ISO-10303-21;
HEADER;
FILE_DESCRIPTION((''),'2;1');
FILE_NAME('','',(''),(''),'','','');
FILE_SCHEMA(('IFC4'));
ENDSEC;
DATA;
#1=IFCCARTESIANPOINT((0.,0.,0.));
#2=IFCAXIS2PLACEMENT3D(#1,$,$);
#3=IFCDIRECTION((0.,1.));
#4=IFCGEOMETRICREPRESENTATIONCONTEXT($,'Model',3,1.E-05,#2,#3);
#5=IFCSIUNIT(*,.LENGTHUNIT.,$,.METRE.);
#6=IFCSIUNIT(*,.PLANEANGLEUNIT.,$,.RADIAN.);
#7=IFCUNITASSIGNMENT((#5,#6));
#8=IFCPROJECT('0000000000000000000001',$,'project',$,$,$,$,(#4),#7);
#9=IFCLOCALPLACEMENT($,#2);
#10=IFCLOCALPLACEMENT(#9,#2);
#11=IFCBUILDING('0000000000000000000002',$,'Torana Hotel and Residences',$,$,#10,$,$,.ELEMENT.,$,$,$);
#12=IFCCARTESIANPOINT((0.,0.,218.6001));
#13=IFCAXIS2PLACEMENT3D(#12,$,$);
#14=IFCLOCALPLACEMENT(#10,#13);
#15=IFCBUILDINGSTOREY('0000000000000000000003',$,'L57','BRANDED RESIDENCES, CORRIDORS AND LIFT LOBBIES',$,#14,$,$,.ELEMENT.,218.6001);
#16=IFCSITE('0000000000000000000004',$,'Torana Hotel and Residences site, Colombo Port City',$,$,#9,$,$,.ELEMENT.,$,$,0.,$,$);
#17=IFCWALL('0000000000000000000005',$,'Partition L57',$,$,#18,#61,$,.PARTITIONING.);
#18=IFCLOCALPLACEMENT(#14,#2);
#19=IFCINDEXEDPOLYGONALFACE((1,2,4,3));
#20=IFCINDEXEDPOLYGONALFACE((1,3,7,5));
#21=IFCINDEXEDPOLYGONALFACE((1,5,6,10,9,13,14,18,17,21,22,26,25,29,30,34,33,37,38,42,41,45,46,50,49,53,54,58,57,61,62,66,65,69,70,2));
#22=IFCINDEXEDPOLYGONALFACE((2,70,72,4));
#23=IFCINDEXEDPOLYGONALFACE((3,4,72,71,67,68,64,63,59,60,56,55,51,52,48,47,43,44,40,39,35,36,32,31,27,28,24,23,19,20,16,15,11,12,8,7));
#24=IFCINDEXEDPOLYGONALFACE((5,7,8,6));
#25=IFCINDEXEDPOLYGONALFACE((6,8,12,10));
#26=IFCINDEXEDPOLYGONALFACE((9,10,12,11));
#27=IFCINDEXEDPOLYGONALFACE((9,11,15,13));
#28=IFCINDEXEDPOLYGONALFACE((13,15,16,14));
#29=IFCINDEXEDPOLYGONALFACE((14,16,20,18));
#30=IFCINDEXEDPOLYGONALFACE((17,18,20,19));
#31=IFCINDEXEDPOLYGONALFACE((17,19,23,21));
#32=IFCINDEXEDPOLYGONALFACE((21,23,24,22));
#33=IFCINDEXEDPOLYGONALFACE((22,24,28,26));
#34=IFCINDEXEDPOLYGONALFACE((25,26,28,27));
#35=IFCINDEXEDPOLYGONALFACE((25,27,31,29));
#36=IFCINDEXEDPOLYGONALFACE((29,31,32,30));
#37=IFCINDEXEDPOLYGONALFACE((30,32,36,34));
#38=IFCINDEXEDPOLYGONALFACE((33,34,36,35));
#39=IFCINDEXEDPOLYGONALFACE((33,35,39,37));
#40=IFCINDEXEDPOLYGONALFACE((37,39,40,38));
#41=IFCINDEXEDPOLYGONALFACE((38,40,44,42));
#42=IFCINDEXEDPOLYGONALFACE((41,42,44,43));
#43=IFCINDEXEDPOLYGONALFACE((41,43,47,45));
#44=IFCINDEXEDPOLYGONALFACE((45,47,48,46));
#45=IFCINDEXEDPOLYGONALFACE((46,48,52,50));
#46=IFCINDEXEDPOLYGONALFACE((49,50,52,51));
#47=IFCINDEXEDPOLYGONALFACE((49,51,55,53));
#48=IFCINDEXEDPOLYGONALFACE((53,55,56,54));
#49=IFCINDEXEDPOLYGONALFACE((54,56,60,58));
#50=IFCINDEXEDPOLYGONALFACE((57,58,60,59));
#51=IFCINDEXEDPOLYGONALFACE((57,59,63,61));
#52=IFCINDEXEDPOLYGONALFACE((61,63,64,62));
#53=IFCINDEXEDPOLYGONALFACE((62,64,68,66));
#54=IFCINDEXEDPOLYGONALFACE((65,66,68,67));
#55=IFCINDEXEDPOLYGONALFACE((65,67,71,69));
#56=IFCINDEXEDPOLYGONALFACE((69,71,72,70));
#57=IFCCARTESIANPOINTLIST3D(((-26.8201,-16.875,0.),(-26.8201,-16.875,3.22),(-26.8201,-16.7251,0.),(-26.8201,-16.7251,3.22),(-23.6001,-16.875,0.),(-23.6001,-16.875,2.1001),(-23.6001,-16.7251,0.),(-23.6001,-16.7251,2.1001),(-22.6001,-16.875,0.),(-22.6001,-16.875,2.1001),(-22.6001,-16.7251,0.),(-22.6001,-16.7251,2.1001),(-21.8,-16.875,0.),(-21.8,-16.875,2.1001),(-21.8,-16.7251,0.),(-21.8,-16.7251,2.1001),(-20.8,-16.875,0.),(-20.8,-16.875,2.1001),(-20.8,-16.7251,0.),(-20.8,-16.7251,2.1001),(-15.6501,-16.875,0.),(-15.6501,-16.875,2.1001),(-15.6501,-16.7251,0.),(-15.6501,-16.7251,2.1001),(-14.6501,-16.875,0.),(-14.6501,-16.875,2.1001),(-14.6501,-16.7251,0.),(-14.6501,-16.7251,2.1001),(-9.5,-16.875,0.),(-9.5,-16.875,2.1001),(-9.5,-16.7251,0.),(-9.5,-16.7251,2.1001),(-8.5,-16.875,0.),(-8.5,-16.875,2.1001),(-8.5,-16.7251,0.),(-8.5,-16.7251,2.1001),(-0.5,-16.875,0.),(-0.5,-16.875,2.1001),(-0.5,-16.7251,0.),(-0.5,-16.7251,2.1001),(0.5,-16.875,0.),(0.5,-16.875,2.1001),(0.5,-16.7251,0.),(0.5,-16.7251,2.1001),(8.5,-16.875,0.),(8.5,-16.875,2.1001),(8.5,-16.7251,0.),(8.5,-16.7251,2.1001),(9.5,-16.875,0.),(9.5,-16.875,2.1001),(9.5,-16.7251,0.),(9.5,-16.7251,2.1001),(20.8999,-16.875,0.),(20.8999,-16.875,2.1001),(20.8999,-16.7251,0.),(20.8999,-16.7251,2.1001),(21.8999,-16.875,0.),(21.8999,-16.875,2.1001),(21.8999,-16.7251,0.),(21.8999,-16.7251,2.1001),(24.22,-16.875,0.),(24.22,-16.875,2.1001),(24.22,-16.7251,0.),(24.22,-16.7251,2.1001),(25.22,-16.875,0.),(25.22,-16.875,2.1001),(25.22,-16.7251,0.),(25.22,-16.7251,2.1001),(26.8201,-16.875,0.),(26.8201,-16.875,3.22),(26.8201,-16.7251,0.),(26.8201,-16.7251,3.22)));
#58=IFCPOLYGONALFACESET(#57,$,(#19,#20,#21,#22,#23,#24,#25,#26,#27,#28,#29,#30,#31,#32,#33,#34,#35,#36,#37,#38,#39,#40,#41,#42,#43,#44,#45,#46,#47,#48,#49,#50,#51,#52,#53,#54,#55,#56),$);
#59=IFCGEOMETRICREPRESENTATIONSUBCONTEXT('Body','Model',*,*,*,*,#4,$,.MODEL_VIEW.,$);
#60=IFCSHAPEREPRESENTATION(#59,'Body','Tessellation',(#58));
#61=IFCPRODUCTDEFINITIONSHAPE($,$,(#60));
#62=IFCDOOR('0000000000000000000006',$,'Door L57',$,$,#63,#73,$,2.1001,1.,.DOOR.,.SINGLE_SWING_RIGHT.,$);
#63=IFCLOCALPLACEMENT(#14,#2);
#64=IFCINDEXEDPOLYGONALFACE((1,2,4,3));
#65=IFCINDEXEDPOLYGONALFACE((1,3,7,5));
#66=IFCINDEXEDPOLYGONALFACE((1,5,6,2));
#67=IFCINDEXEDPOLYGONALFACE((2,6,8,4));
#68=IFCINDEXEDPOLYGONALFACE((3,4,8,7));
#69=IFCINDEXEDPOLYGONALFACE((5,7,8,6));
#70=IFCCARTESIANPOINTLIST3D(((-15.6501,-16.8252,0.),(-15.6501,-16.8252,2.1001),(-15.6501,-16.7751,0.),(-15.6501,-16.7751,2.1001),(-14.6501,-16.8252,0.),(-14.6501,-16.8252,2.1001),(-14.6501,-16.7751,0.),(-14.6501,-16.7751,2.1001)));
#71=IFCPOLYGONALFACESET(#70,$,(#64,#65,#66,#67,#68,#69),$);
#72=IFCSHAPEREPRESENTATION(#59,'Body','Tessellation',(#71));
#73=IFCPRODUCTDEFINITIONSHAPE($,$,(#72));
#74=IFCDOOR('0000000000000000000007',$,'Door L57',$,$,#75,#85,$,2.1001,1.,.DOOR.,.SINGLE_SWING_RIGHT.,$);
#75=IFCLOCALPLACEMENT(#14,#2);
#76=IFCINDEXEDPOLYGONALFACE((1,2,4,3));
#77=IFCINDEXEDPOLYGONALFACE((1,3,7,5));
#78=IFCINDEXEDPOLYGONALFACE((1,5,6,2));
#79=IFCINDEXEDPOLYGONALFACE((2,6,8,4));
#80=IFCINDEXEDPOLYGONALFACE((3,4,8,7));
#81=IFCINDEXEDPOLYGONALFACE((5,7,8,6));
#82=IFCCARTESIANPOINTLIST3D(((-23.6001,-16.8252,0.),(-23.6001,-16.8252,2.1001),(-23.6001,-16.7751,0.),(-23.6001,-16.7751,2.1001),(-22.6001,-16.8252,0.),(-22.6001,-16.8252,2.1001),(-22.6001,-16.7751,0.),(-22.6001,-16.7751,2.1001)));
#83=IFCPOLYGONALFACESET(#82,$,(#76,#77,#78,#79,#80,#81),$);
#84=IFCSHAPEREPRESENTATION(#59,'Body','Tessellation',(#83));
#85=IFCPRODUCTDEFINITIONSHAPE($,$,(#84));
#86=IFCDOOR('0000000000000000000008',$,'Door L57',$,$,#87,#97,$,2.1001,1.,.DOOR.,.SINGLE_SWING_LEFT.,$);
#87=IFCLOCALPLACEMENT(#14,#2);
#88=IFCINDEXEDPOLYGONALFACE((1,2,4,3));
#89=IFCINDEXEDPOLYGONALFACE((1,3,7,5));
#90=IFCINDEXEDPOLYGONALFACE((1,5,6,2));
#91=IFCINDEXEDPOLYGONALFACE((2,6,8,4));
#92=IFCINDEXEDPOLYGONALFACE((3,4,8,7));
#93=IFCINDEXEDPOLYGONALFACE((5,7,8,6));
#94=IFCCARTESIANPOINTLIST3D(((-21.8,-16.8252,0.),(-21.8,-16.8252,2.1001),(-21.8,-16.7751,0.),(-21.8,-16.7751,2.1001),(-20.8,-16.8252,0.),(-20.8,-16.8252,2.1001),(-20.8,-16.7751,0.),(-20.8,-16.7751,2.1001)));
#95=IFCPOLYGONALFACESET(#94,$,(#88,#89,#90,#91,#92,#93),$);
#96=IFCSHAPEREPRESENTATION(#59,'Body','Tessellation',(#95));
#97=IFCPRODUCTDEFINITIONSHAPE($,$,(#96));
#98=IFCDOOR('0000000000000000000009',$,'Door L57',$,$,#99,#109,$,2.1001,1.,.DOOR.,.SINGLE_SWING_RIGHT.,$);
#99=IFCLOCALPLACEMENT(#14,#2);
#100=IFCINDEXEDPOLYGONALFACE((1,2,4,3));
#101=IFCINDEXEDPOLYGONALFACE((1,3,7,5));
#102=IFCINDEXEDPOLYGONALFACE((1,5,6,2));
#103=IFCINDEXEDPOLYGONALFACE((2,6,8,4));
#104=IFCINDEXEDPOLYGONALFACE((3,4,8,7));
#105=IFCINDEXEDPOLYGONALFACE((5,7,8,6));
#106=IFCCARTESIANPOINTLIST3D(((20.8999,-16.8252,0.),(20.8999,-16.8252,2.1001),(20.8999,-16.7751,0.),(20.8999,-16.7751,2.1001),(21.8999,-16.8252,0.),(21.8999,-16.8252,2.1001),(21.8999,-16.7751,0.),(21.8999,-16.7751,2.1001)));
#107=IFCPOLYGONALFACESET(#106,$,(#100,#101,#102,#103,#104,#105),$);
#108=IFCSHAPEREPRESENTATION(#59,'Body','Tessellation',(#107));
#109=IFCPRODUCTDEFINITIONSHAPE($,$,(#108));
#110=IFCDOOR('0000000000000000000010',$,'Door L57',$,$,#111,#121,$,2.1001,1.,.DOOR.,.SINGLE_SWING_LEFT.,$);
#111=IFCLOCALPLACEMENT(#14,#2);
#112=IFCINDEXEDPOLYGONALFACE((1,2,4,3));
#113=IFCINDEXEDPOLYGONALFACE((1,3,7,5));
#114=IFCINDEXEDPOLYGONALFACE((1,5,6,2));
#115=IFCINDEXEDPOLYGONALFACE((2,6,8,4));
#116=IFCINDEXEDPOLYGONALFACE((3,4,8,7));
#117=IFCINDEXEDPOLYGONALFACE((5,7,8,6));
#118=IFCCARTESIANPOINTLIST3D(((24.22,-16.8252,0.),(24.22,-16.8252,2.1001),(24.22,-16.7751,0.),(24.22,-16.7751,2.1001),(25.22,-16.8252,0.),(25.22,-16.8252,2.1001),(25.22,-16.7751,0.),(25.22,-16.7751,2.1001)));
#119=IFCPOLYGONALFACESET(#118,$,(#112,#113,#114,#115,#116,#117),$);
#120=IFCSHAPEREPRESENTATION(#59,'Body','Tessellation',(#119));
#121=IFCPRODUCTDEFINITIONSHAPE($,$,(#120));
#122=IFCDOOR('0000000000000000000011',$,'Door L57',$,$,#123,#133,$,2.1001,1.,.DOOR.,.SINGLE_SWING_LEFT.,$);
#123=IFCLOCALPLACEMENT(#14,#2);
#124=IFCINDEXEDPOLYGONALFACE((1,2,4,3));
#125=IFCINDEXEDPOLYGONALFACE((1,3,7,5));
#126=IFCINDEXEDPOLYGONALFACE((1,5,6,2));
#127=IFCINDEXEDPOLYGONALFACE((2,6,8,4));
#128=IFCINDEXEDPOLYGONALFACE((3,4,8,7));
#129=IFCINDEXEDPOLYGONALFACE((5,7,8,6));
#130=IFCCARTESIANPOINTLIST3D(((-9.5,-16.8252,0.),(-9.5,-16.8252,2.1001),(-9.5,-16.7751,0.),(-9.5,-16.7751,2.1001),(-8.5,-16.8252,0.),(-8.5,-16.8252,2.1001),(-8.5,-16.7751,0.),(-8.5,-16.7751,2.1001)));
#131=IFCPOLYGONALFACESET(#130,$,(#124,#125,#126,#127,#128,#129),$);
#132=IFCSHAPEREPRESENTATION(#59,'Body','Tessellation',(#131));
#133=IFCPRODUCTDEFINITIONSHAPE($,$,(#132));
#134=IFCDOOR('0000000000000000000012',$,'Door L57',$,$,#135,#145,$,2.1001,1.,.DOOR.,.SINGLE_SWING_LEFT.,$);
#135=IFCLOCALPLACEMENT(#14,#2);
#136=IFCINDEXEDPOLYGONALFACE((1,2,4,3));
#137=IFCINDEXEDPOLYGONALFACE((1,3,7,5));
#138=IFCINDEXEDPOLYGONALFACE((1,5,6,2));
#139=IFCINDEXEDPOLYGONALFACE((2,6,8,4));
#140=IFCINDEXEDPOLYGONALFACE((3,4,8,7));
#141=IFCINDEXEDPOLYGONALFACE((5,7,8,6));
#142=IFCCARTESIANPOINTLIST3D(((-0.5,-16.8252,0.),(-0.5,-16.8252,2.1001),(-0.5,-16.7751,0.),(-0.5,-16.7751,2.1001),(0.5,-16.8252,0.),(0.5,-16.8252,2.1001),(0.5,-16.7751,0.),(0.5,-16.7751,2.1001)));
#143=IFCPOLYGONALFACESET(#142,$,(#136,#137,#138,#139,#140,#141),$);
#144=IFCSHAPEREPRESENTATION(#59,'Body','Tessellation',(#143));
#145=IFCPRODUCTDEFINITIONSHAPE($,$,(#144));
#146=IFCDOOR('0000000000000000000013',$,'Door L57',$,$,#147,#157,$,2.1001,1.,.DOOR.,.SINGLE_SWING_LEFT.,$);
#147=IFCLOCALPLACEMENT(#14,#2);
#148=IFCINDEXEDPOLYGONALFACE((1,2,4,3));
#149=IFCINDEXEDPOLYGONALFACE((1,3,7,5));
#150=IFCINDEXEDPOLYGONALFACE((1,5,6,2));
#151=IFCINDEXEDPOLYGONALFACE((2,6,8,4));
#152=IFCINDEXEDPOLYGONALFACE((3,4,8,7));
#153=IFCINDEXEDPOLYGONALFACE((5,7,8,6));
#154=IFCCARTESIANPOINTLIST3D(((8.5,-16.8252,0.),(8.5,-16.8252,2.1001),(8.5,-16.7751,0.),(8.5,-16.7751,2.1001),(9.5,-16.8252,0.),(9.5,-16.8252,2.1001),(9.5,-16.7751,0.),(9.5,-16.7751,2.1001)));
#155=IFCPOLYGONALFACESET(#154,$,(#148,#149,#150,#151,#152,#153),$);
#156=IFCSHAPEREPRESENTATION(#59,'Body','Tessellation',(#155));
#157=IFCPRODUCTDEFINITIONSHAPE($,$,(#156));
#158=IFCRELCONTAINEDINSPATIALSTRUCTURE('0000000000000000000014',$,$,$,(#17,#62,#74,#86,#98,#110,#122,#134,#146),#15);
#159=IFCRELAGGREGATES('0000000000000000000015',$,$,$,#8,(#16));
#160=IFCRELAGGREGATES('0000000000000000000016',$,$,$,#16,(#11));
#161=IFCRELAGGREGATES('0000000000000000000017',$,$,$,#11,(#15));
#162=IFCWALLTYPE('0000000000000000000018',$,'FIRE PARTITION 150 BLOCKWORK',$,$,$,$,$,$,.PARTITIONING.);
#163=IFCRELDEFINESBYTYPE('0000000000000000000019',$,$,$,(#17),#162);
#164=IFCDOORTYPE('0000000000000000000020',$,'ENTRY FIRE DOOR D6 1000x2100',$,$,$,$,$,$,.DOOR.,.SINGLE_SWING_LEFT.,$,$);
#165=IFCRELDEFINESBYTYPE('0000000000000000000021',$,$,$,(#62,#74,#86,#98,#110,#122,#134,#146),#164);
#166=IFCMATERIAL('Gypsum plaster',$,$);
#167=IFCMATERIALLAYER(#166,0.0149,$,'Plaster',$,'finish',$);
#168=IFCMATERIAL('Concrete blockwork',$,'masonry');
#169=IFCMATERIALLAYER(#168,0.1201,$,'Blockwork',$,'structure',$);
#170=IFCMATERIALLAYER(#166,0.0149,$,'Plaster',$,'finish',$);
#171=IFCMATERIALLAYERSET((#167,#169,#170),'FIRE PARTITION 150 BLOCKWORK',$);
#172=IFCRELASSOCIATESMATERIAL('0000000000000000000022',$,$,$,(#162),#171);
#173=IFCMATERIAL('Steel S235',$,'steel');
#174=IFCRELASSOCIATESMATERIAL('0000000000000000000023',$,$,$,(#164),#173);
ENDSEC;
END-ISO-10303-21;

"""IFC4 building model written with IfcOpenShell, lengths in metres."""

from ifc_helpers import new_model, si_unit, direction, frame, frame_2d, origin, place, context, subcontext, project, spatial, rectangle, extrude, material, layer, layer_set, type_object, element, fill, save


model = new_model("IFC4")

# Units and contexts
model_context = context("Model", 3, precision=1e-05, world=origin(), true_north=direction((0.0, 1.0)))
body_context = subcontext(model_context, "Body", "Model", "MODEL_VIEW")
ifc_project = project(units=[si_unit("LENGTHUNIT", "METRE"), si_unit("PLANEANGLEUNIT", "RADIAN")], contexts=[model_context])

# Site, building, storey
site_placement = place(None, origin())
site = spatial("IfcSite", under=ifc_project, at=site_placement, Name="Torana Hotel and Residences site, Colombo Port City", CompositionType="ELEMENT", RefElevation=0.0)
building_placement = place(site_placement, origin())
building = spatial("IfcBuilding", under=site, at=building_placement, Name="Torana Hotel and Residences", CompositionType="ELEMENT")
storey_placement = place(building_placement, frame((0.0, 0.0, 218.6001)))
storey = spatial("IfcBuildingStorey", under=building, at=storey_placement, Name="L57", Description="BRANDED RESIDENCES, CORRIDORS AND LIFT LOBBIES", CompositionType="ELEMENT", Elevation=218.6001)

# Wall, openings, doors
ifc_material_1 = material(Name="Gypsum plaster")
ifc_layer_1 = layer(ifc_material_1, 0.0149, Name="Plaster", Category="finish")
ifc_material_2 = material(Name="Concrete blockwork", Category="masonry")
ifc_layer_2 = layer(ifc_material_2, 0.1201, Name="Blockwork", Category="structure")
ifc_layer_3 = layer(ifc_material_1, 0.0149, Name="Plaster", Category="finish")
ifc_layer_set_1 = layer_set([ifc_layer_1, ifc_layer_2, ifc_layer_3], Name="FIRE PARTITION 150 BLOCKWORK")
wall_type_1 = type_object("IfcWallType", Name="FIRE PARTITION 150 BLOCKWORK", PredefinedType="PARTITIONING", material=ifc_layer_set_1)
wall_1_placement = place(storey_placement, frame((-26.8201, -16.8, 0.0), z_axis=(0.0, 0.0, 1.0), x_axis=(1.0, 0.0, 0.0)))
wall_1 = element("IfcWall", 1, at=wall_1_placement, inside=storey, type_object=wall_type_1, Name="Partition L57", PredefinedType="PARTITIONING", context=body_context, shape_type="SweptSolid", body=[
    extrude(rectangle(XDim=53.6401, YDim=0.1499, at=frame_2d((26.8201, 0.0))), origin(), (0.0, 0.0, 1.0), 3.22),
])
opening_1_placement = place(wall_1_placement, frame((11.1699, 0.0, 0.0)))
opening_1 = element("IfcOpeningElement", 2, at=opening_1_placement, cuts=wall_1, PredefinedType="OPENING", context=body_context, shape_type="SweptSolid", body=[
    extrude(rectangle(XDim=1.0, YDim=2.1001, at=frame_2d((0.5, 1.05))), frame((0.0, 0.085, 0.0), z_axis=(0.0, -1.0, 0.0), x_axis=(1.0, 0.0, 0.0)), (0.0, 0.0, 1.0), 0.1699),
])
opening_2_placement = place(wall_1_placement, frame((3.22, 0.0, 0.0)))
opening_2 = element("IfcOpeningElement", 3, at=opening_2_placement, cuts=wall_1, PredefinedType="OPENING", context=body_context, shape_type="SweptSolid", body=[
    extrude(rectangle(XDim=1.0, YDim=2.1001, at=frame_2d((0.5, 1.05))), frame((0.0, 0.085, 0.0), z_axis=(0.0, -1.0, 0.0), x_axis=(1.0, 0.0, 0.0)), (0.0, 0.0, 1.0), 0.1699),
])
opening_3_placement = place(wall_1_placement, frame((5.02, 0.0, 0.0)))
opening_3 = element("IfcOpeningElement", 4, at=opening_3_placement, cuts=wall_1, PredefinedType="OPENING", context=body_context, shape_type="SweptSolid", body=[
    extrude(rectangle(XDim=1.0, YDim=2.1001, at=frame_2d((0.5, 1.05))), frame((0.0, 0.085, 0.0), z_axis=(0.0, -1.0, 0.0), x_axis=(1.0, 0.0, 0.0)), (0.0, 0.0, 1.0), 0.1699),
])
opening_4_placement = place(wall_1_placement, frame((47.72, 0.0, 0.0)))
opening_4 = element("IfcOpeningElement", 5, at=opening_4_placement, cuts=wall_1, PredefinedType="OPENING", context=body_context, shape_type="SweptSolid", body=[
    extrude(rectangle(XDim=1.0, YDim=2.1001, at=frame_2d((0.5, 1.05))), frame((0.0, 0.085, 0.0), z_axis=(0.0, -1.0, 0.0), x_axis=(1.0, 0.0, 0.0)), (0.0, 0.0, 1.0), 0.1699),
])
opening_5_placement = place(wall_1_placement, frame((51.04, 0.0, 0.0)))
opening_5 = element("IfcOpeningElement", 6, at=opening_5_placement, cuts=wall_1, PredefinedType="OPENING", context=body_context, shape_type="SweptSolid", body=[
    extrude(rectangle(XDim=1.0, YDim=2.1001, at=frame_2d((0.5, 1.05))), frame((0.0, 0.085, 0.0), z_axis=(0.0, -1.0, 0.0), x_axis=(1.0, 0.0, 0.0)), (0.0, 0.0, 1.0), 0.1699),
])
opening_6_placement = place(wall_1_placement, frame((17.3201, 0.0, 0.0)))
opening_6 = element("IfcOpeningElement", 7, at=opening_6_placement, cuts=wall_1, PredefinedType="OPENING", context=body_context, shape_type="SweptSolid", body=[
    extrude(rectangle(XDim=1.0, YDim=2.1001, at=frame_2d((0.5, 1.05))), frame((0.0, 0.085, 0.0), z_axis=(0.0, -1.0, 0.0), x_axis=(1.0, 0.0, 0.0)), (0.0, 0.0, 1.0), 0.1699),
])
opening_7_placement = place(wall_1_placement, frame((26.3201, 0.0, 0.0)))
opening_7 = element("IfcOpeningElement", 8, at=opening_7_placement, cuts=wall_1, PredefinedType="OPENING", context=body_context, shape_type="SweptSolid", body=[
    extrude(rectangle(XDim=1.0, YDim=2.1001, at=frame_2d((0.5, 1.05))), frame((0.0, 0.085, 0.0), z_axis=(0.0, -1.0, 0.0), x_axis=(1.0, 0.0, 0.0)), (0.0, 0.0, 1.0), 0.1699),
])
opening_8_placement = place(wall_1_placement, frame((35.3201, 0.0, 0.0)))
opening_8 = element("IfcOpeningElement", 9, at=opening_8_placement, cuts=wall_1, PredefinedType="OPENING", context=body_context, shape_type="SweptSolid", body=[
    extrude(rectangle(XDim=1.0, YDim=2.1001, at=frame_2d((0.5, 1.05))), frame((0.0, 0.085, 0.0), z_axis=(0.0, -1.0, 0.0), x_axis=(1.0, 0.0, 0.0)), (0.0, 0.0, 1.0), 0.1699),
])
ifc_material_3 = material(Name="Steel S235", Category="steel")
door_type = type_object("IfcDoorType", Name="ENTRY FIRE DOOR D6 1000x2100", OperationType="SINGLE_SWING_LEFT", PredefinedType="DOOR", material=ifc_material_3)
door_1_placement = place(opening_1_placement, origin())
door_1 = element("IfcDoor", 10, at=door_1_placement, inside=storey, type_object=door_type, Name="Door L57", OperationType="SINGLE_SWING_RIGHT", OverallHeight=2.1001, OverallWidth=1.0, PredefinedType="DOOR", context=body_context, shape_type="SweptSolid", body=[
    extrude(rectangle(XDim=1.0, YDim=2.1001, at=frame_2d((0.5, 1.05))), frame((0.0, 0.0249, 0.0), z_axis=(0.0, -1.0, 0.0), x_axis=(1.0, 0.0, 0.0)), (0.0, 0.0, 1.0), 0.05),
])
fill(opening_1, door_1)
door_2_placement = place(opening_2_placement, origin())
door_2 = element("IfcDoor", 11, at=door_2_placement, inside=storey, type_object=door_type, Name="Door L57", OperationType="SINGLE_SWING_RIGHT", OverallHeight=2.1001, OverallWidth=1.0, PredefinedType="DOOR", context=body_context, shape_type="SweptSolid", body=[
    extrude(rectangle(XDim=1.0, YDim=2.1001, at=frame_2d((0.5, 1.05))), frame((0.0, 0.0249, 0.0), z_axis=(0.0, -1.0, 0.0), x_axis=(1.0, 0.0, 0.0)), (0.0, 0.0, 1.0), 0.05),
])
fill(opening_2, door_2)
door_3_placement = place(opening_3_placement, frame((0.5, 0.0, 0.0), z_axis=(0.0, 0.0, 1.0), x_axis=(-1.0, 0.0, 0.0)))
door_3 = element("IfcDoor", 12, at=door_3_placement, inside=storey, type_object=door_type, Name="Door L57", OperationType="SINGLE_SWING_LEFT", OverallHeight=2.1001, OverallWidth=1.0, PredefinedType="DOOR", context=body_context, shape_type="SweptSolid", body=[
    extrude(rectangle(XDim=1.0, YDim=2.1001, at=frame_2d((0.0, 1.05))), frame((0.0, -0.0249, 0.0), z_axis=(0.0, 1.0, 0.0), x_axis=(-1.0, 0.0, 0.0)), (0.0, 0.0, 1.0), 0.05),
])
fill(opening_3, door_3)
door_4_placement = place(opening_4_placement, origin())
door_4 = element("IfcDoor", 13, at=door_4_placement, inside=storey, type_object=door_type, Name="Door L57", OperationType="SINGLE_SWING_RIGHT", OverallHeight=2.1001, OverallWidth=1.0, PredefinedType="DOOR", context=body_context, shape_type="SweptSolid", body=[
    extrude(rectangle(XDim=1.0, YDim=2.1001, at=frame_2d((0.5, 1.05))), frame((0.0, 0.0249, 0.0), z_axis=(0.0, -1.0, 0.0), x_axis=(1.0, 0.0, 0.0)), (0.0, 0.0, 1.0), 0.05),
])
fill(opening_4, door_4)
door_5_placement = place(opening_5_placement, frame((0.5, 0.0, 0.0), z_axis=(0.0, 0.0, 1.0), x_axis=(-1.0, 0.0, 0.0)))
door_5 = element("IfcDoor", 14, at=door_5_placement, inside=storey, type_object=door_type, Name="Door L57", OperationType="SINGLE_SWING_LEFT", OverallHeight=2.1001, OverallWidth=1.0, PredefinedType="DOOR", context=body_context, shape_type="SweptSolid", body=[
    extrude(rectangle(XDim=1.0, YDim=2.1001, at=frame_2d((0.0, 1.05))), frame((0.0, -0.0249, 0.0), z_axis=(0.0, 1.0, 0.0), x_axis=(-1.0, 0.0, 0.0)), (0.0, 0.0, 1.0), 0.05),
])
fill(opening_5, door_5)
door_6_placement = place(opening_6_placement, frame((0.5, 0.0, 0.0), z_axis=(0.0, 0.0, 1.0), x_axis=(-1.0, 0.0, 0.0)))
door_6 = element("IfcDoor", 15, at=door_6_placement, inside=storey, type_object=door_type, Name="Door L57", OperationType="SINGLE_SWING_LEFT", OverallHeight=2.1001, OverallWidth=1.0, PredefinedType="DOOR", context=body_context, shape_type="SweptSolid", body=[
    extrude(rectangle(XDim=1.0, YDim=2.1001, at=frame_2d((0.0, 1.05))), frame((0.0, -0.0249, 0.0), z_axis=(0.0, 1.0, 0.0), x_axis=(-1.0, 0.0, 0.0)), (0.0, 0.0, 1.0), 0.05),
])
fill(opening_6, door_6)
door_7_placement = place(opening_7_placement, frame((0.5, 0.0, 0.0), z_axis=(0.0, 0.0, 1.0), x_axis=(-1.0, 0.0, 0.0)))
door_7 = element("IfcDoor", 16, at=door_7_placement, inside=storey, type_object=door_type, Name="Door L57", OperationType="SINGLE_SWING_LEFT", OverallHeight=2.1001, OverallWidth=1.0, PredefinedType="DOOR", context=body_context, shape_type="SweptSolid", body=[
    extrude(rectangle(XDim=1.0, YDim=2.1001, at=frame_2d((0.0, 1.05))), frame((0.0, -0.0249, 0.0), z_axis=(0.0, 1.0, 0.0), x_axis=(-1.0, 0.0, 0.0)), (0.0, 0.0, 1.0), 0.05),
])
fill(opening_7, door_7)
door_8_placement = place(opening_8_placement, frame((0.5, 0.0, 0.0), z_axis=(0.0, 0.0, 1.0), x_axis=(-1.0, 0.0, 0.0)))
door_8 = element("IfcDoor", 17, at=door_8_placement, inside=storey, type_object=door_type, Name="Door L57", OperationType="SINGLE_SWING_LEFT", OverallHeight=2.1001, OverallWidth=1.0, PredefinedType="DOOR", context=body_context, shape_type="SweptSolid", body=[
    extrude(rectangle(XDim=1.0, YDim=2.1001, at=frame_2d((0.0, 1.05))), frame((0.0, -0.0249, 0.0), z_axis=(0.0, 1.0, 0.0), x_axis=(-1.0, 0.0, 0.0)), (0.0, 0.0, 1.0), 0.05),
])
fill(opening_8, door_8)

save(model, "model.ifc")
